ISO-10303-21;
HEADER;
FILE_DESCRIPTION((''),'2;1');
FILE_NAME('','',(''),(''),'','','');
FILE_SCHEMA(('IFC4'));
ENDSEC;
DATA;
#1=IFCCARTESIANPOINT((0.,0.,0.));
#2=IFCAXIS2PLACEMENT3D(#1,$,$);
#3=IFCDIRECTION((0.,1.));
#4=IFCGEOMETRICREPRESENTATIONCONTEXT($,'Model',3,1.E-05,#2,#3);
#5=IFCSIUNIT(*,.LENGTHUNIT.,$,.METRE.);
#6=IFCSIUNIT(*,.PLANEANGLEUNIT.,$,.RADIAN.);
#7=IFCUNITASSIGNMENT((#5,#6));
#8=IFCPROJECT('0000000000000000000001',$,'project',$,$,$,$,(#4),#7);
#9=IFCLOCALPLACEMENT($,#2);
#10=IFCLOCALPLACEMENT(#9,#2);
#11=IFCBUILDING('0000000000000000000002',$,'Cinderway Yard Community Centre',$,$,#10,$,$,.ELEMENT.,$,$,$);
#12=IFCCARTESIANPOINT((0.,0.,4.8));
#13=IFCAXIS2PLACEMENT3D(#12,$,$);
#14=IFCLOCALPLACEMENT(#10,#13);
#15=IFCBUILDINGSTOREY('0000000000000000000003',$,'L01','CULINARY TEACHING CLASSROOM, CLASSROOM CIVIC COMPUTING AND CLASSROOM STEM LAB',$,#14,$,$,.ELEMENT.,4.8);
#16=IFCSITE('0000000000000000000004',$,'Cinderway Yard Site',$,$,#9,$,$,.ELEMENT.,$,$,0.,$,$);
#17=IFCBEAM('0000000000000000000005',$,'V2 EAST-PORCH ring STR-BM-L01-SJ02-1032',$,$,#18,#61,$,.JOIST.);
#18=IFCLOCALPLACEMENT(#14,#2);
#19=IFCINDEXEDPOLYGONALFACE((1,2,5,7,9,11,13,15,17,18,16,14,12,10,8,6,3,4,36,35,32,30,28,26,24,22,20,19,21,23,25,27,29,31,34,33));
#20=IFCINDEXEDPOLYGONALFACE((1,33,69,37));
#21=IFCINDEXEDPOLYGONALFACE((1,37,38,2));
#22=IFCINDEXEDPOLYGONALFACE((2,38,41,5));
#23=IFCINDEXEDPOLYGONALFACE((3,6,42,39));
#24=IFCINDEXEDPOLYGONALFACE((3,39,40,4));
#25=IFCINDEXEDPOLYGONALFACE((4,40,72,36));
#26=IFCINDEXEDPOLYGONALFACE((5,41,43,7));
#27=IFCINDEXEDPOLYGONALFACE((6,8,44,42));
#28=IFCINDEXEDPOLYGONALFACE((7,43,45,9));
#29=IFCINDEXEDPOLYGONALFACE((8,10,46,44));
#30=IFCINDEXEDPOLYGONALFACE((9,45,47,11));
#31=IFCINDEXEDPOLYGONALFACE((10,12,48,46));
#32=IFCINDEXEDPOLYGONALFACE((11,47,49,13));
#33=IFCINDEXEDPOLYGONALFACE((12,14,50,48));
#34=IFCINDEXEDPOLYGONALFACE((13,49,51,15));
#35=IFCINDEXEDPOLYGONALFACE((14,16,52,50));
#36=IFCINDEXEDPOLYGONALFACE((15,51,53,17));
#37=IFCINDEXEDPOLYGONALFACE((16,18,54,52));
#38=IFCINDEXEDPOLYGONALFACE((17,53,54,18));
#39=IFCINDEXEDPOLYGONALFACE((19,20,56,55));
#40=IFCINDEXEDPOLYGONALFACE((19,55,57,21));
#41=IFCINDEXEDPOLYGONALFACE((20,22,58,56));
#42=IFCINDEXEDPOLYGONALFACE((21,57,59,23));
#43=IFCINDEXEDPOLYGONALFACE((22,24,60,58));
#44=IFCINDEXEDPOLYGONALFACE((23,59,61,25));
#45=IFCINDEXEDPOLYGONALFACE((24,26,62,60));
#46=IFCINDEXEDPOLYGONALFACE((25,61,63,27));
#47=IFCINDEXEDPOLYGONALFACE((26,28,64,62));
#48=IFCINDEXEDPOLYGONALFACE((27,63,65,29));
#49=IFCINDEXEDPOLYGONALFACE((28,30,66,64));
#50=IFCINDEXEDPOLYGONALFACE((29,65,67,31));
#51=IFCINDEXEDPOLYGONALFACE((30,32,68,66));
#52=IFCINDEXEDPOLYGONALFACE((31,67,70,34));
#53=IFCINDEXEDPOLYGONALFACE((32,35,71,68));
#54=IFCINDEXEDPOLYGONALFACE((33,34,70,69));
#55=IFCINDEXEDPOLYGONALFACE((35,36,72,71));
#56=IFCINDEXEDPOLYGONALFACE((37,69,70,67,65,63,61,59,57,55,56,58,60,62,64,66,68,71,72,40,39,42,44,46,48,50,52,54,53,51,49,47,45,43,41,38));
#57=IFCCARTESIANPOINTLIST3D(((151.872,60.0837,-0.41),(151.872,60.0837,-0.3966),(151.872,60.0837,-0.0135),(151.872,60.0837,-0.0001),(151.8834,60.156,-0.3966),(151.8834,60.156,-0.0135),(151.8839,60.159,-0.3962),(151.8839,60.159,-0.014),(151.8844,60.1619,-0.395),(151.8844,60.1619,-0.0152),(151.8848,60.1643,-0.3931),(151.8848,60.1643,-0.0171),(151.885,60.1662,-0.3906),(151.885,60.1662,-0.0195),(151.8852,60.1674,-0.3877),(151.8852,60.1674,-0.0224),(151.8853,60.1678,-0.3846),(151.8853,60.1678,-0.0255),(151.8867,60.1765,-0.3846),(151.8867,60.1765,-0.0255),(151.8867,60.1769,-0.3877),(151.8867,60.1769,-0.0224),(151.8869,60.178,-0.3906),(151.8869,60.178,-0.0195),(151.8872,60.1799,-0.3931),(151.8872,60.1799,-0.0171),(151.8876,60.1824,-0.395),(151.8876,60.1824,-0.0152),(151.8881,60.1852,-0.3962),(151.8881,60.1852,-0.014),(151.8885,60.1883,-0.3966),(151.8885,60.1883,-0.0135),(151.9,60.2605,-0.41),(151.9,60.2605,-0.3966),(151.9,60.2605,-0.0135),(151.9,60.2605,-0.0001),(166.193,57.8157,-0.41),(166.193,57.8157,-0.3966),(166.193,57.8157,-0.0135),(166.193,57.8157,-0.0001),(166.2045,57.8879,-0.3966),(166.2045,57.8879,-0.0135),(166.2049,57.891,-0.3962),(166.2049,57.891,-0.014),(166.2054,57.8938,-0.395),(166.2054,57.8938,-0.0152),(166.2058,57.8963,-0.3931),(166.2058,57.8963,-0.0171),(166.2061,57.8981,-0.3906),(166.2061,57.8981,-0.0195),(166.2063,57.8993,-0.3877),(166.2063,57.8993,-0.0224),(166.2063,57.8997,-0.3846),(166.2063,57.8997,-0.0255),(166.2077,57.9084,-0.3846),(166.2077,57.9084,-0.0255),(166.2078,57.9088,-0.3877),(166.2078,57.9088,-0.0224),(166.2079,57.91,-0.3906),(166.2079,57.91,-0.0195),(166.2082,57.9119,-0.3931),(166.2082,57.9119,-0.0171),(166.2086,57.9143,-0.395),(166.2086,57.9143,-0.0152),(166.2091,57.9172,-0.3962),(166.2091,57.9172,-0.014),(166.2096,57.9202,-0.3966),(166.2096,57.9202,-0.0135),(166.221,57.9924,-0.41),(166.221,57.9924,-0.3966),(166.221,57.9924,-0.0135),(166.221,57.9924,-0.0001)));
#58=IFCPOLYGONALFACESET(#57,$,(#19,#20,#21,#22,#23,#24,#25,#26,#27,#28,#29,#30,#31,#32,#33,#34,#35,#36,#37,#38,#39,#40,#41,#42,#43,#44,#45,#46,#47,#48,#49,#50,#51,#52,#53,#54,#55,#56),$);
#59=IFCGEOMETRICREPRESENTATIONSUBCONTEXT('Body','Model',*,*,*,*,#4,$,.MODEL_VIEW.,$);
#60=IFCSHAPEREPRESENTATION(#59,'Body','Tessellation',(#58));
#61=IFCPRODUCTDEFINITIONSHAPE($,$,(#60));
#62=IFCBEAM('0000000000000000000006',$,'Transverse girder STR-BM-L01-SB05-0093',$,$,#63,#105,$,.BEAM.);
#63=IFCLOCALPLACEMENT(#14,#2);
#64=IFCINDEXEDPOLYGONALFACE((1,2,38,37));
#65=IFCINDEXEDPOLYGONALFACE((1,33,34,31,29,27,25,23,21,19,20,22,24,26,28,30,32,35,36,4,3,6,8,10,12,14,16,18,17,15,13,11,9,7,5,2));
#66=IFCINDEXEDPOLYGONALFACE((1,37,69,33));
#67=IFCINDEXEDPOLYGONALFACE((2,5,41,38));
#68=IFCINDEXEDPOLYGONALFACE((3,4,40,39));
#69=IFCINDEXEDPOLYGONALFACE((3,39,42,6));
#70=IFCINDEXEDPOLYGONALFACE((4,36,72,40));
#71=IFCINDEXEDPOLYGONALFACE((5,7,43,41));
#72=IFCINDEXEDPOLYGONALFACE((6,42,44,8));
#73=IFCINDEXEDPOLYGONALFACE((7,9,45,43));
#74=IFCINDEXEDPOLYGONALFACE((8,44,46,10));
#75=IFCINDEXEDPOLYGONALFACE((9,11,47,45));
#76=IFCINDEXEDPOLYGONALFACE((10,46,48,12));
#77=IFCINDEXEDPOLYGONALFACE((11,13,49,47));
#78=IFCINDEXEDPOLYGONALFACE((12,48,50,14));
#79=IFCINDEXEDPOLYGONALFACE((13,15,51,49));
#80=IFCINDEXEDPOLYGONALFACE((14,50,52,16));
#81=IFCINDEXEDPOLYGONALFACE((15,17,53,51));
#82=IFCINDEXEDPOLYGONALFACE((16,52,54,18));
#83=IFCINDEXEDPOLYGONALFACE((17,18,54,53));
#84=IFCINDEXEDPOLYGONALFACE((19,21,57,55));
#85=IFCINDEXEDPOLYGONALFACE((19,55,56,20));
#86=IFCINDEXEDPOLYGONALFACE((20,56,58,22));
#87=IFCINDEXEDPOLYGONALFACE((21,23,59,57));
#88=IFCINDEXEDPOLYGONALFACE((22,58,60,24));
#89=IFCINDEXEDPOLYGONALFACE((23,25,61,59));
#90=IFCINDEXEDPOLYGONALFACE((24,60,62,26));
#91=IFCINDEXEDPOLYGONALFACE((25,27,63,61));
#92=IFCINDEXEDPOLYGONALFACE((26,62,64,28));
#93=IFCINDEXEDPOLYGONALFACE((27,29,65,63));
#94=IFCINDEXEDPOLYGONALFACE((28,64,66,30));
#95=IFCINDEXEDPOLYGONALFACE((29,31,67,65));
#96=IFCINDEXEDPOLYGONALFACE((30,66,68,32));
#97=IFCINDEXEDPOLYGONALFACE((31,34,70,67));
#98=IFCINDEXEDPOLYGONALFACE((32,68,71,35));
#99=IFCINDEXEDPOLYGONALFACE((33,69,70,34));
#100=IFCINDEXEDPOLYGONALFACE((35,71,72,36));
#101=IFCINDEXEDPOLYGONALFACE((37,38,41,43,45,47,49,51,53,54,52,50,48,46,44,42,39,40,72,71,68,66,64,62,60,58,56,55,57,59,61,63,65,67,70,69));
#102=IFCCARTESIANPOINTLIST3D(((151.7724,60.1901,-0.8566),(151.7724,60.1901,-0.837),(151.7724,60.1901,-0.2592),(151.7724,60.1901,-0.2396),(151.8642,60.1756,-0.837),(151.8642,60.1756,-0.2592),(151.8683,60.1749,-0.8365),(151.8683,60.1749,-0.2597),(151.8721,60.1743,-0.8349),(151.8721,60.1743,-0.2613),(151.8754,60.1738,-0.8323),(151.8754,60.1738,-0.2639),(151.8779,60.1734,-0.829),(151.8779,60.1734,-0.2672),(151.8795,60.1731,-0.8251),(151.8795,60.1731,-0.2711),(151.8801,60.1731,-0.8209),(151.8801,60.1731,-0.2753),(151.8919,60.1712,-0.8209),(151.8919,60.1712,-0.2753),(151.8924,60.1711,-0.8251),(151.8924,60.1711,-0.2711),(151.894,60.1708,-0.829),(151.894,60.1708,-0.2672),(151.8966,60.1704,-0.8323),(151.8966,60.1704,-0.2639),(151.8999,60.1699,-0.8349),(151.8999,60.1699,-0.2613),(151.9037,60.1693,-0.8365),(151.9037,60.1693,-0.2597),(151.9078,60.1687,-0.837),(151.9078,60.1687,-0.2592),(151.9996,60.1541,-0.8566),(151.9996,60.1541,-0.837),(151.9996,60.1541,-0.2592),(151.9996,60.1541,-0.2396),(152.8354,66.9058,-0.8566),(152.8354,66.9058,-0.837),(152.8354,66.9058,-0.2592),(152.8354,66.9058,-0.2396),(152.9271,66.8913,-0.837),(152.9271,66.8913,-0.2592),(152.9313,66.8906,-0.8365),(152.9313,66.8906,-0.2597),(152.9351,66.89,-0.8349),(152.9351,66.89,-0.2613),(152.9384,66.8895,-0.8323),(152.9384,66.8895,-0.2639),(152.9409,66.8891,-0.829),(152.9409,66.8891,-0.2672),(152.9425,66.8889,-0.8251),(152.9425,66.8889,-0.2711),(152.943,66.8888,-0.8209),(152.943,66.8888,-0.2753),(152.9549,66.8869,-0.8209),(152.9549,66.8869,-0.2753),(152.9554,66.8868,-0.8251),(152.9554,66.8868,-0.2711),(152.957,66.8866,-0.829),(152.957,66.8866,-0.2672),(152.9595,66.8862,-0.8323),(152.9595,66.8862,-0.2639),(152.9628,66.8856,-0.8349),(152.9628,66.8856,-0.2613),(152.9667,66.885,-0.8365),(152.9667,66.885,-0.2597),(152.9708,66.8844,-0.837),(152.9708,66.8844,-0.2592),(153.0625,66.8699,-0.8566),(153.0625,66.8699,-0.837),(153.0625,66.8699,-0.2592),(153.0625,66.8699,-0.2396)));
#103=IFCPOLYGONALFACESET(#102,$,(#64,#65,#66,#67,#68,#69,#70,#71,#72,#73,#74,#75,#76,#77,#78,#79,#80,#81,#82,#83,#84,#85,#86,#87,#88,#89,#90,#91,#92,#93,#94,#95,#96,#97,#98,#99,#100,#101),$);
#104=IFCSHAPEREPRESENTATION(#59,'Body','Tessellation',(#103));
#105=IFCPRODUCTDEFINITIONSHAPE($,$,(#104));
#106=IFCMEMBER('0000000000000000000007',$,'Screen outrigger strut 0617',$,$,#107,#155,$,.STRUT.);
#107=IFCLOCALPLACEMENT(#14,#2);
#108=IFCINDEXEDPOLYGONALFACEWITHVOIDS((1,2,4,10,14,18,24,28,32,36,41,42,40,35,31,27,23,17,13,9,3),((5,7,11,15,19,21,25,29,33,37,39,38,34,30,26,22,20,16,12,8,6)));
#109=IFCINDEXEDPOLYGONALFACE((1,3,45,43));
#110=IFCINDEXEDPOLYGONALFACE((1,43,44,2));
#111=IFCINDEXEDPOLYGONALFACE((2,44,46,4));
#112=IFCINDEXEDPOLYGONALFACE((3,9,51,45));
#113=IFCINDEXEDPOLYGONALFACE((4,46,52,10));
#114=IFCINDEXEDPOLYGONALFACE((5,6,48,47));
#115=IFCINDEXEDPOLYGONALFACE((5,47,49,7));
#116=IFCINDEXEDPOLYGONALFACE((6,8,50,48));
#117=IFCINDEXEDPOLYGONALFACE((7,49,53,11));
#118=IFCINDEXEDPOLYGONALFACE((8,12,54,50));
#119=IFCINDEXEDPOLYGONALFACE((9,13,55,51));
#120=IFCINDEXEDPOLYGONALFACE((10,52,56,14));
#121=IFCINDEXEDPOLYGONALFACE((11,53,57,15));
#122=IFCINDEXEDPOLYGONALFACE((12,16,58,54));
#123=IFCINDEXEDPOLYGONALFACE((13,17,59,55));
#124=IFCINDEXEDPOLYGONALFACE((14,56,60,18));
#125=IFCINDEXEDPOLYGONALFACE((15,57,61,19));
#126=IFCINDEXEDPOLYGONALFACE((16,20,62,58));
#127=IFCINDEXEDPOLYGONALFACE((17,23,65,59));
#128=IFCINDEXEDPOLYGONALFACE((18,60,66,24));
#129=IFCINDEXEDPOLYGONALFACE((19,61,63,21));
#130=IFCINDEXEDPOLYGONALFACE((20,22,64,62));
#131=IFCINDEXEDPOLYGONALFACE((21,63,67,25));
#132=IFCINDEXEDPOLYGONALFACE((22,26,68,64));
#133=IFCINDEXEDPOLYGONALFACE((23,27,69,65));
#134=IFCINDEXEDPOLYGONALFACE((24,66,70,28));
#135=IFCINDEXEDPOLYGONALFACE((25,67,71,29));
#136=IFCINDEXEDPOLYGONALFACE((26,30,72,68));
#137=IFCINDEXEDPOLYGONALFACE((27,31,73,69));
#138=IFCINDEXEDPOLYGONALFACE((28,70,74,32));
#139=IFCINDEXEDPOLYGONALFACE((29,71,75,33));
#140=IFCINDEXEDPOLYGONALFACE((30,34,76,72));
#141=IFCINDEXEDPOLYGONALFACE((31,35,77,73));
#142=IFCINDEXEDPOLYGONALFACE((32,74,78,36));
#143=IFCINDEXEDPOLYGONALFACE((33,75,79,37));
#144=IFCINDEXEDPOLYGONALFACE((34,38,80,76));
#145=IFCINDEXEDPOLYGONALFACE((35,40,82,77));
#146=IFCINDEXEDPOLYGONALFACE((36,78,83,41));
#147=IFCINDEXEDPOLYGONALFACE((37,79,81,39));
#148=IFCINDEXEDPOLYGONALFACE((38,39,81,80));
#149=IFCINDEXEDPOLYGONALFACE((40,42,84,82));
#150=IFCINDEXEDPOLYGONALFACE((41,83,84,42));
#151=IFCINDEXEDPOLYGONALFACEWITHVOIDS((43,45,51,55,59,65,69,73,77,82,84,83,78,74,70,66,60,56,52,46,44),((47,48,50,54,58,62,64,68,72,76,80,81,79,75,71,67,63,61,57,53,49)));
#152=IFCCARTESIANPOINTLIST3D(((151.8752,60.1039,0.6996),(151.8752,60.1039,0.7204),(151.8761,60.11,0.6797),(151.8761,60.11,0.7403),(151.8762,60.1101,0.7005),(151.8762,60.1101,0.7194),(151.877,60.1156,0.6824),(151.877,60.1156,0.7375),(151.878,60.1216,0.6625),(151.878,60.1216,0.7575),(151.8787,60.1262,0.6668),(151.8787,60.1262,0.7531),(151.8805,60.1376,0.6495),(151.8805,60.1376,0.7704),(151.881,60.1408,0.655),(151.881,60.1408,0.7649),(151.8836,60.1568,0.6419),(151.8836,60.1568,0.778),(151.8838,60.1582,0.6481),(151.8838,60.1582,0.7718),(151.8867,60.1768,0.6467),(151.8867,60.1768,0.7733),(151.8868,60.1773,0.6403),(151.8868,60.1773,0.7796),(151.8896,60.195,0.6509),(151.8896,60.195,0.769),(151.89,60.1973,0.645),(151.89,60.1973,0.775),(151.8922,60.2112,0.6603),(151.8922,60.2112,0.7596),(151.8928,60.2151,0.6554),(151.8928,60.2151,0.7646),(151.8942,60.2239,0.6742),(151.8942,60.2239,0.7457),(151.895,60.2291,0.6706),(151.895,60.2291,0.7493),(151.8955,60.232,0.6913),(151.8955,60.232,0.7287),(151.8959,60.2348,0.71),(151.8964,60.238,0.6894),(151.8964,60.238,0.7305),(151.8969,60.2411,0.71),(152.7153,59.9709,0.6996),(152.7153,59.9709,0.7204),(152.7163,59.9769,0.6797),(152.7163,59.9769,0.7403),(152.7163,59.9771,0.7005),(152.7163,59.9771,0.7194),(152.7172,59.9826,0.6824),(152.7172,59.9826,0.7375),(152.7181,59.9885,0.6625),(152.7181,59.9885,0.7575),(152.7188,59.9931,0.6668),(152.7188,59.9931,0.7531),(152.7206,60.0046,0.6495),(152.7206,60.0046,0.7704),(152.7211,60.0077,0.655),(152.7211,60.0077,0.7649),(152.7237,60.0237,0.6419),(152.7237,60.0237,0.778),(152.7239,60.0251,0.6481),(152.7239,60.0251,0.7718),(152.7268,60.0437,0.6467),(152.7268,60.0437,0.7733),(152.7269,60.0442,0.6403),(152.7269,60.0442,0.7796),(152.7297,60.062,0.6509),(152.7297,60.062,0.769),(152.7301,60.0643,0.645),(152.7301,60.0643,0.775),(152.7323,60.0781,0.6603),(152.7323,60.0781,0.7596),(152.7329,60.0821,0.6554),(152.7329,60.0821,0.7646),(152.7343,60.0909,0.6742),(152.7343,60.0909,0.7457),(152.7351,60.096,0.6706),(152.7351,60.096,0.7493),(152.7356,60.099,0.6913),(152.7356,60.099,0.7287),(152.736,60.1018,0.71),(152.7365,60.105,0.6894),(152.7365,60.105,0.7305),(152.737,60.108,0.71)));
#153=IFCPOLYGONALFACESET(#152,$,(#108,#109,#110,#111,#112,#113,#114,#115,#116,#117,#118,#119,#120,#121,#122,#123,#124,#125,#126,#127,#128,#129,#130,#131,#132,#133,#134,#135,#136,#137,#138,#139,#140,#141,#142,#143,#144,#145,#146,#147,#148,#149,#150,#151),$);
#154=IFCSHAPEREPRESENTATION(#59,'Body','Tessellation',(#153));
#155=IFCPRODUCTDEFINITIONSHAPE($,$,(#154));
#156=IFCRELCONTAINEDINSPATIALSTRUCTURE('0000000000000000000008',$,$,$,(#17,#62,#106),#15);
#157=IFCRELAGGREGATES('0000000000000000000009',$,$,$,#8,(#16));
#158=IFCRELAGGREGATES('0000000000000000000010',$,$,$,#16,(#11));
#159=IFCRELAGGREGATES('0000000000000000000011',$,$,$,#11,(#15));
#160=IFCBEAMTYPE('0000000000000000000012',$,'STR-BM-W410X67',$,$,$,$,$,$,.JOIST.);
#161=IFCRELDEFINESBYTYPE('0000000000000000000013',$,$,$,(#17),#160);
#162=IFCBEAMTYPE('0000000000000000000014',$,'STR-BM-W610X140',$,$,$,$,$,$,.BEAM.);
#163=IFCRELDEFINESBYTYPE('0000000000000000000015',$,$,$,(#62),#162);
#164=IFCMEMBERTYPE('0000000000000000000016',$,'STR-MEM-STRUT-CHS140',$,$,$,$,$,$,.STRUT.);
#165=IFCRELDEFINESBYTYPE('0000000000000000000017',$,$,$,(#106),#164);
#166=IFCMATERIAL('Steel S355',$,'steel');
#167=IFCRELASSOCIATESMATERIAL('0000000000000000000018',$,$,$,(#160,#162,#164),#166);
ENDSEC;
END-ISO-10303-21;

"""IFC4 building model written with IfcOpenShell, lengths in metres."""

from ifc_helpers import new_model, si_unit, direction, frame, origin, origin_2d, place, context, subcontext, project, spatial, hollow_circle, i_section, extrude, material, material_profile, profile_set, type_object, element, save


model = new_model("IFC4")

# Units and contexts
model_context = context("Model", 3, precision=1e-05, world=origin(), true_north=direction((0.0, 1.0)))
body_context = subcontext(model_context, "Body", "Model", "MODEL_VIEW")
ifc_project = project(units=[si_unit("LENGTHUNIT", "METRE"), si_unit("PLANEANGLEUNIT", "RADIAN")], contexts=[model_context])

# Site, building, storey
site_placement = place(None, origin())
site = spatial("IfcSite", under=ifc_project, at=site_placement, Name="Cinderway Yard Site", CompositionType="ELEMENT", RefElevation=0.0)
building_placement = place(site_placement, origin())
building = spatial("IfcBuilding", under=site, at=building_placement, Name="Cinderway Yard Community Centre", CompositionType="ELEMENT")
storey_placement = place(building_placement, frame((0.0, 0.0, 4.8)))
storey = spatial("IfcBuildingStorey", under=building, at=storey_placement, Name="L01", Description="CULINARY TEACHING CLASSROOM, CLASSROOM CIVIC COMPUTING AND CLASSROOM STEM LAB", CompositionType="ELEMENT", Elevation=4.8)

# Shared definitions
ifc_material_1 = material(Name="Steel S355", Category="steel")

# Beams
ifc_material_profile_1 = material_profile(ifc_material_1, i_section(OverallWidth=0.179, OverallDepth=0.4099, WebThickness=0.0088, FlangeThickness=0.0134, FilletRadius=0.012, at=origin_2d()), Name="Steel S355")
ifc_profile_set_1 = profile_set([ifc_material_profile_1], Name="Steel S355")
beam_type_1 = type_object("IfcBeamType", Name="STR-BM-W410X67", PredefinedType="JOIST", material=ifc_profile_set_1)
beam_1_placement = place(storey_placement, frame((151.886, 60.1721, -0.2051), z_axis=(0.98769, -0.156423, 0.0), x_axis=(0.156423, 0.98769, 0.0)))
element("IfcBeam", 1, at=beam_1_placement, inside=storey, type_object=beam_type_1, Name="V2 EAST-PORCH ring STR-BM-L01-SJ02-1032", PredefinedType="JOIST", context=body_context, shape_type="SweptSolid", body=[
    extrude(i_section(OverallWidth=0.179, OverallDepth=0.4099, WebThickness=0.0088, FlangeThickness=0.0134, FilletRadius=0.012, at=origin_2d()), origin(), (0.0, 0.0, 1.0), 14.4995),
])
ifc_material_profile_2 = material_profile(ifc_material_1, i_section(OverallWidth=0.23, OverallDepth=0.6169, WebThickness=0.012, FlangeThickness=0.0195, FilletRadius=0.0161, at=origin_2d()), Name="Steel S355")
ifc_profile_set_2 = profile_set([ifc_material_profile_2], Name="Steel S355")
beam_type_2 = type_object("IfcBeamType", Name="STR-BM-W610X140", PredefinedType="BEAM", material=ifc_profile_set_2)
beam_2_placement = place(storey_placement, frame((151.886, 60.1721, -0.5481), z_axis=(0.156335, 0.987704, 0.0), x_axis=(-0.987704, 0.156335, 0.0)))
element("IfcBeam", 2, at=beam_2_placement, inside=storey, type_object=beam_type_2, Name="Transverse girder STR-BM-L01-SB05-0093", PredefinedType="BEAM", context=body_context, shape_type="SweptSolid", body=[
    extrude(i_section(OverallWidth=0.23, OverallDepth=0.6169, WebThickness=0.012, FlangeThickness=0.0195, FilletRadius=0.0161, at=origin_2d()), origin(), (0.0, 0.0, 1.0), 6.7993),
])

# Member
ifc_material_profile_3 = material_profile(ifc_material_1, hollow_circle(Radius=0.0698, WallThickness=0.0063, at=origin_2d()), Name="Steel S355")
ifc_profile_set_3 = profile_set([ifc_material_profile_3], Name="Steel S355")
member_type_1 = type_object("IfcMemberType", Name="STR-MEM-STRUT-CHS140", PredefinedType="STRUT", material=ifc_profile_set_3)
for number, where, z_axis, x_axis, name in (
    (3, (151.886, 60.1721, 0.71), (0.987688, -0.156434, 0.0), (0.156434, 0.987688, 0.0), "Screen outrigger strut 0617"),
):
    element("IfcMember", number, at=place(storey_placement, frame(where, z_axis=z_axis, x_axis=x_axis)), inside=storey, type_object=member_type_1, Name=name, PredefinedType="STRUT", context=body_context, shape_type="SweptSolid", body=[
        extrude(hollow_circle(Radius=0.0698, WallThickness=0.0063, at=origin_2d()), origin(), (0.0, 0.0, 1.0), 0.8506),
    ])

save(model, "model.ifc")
